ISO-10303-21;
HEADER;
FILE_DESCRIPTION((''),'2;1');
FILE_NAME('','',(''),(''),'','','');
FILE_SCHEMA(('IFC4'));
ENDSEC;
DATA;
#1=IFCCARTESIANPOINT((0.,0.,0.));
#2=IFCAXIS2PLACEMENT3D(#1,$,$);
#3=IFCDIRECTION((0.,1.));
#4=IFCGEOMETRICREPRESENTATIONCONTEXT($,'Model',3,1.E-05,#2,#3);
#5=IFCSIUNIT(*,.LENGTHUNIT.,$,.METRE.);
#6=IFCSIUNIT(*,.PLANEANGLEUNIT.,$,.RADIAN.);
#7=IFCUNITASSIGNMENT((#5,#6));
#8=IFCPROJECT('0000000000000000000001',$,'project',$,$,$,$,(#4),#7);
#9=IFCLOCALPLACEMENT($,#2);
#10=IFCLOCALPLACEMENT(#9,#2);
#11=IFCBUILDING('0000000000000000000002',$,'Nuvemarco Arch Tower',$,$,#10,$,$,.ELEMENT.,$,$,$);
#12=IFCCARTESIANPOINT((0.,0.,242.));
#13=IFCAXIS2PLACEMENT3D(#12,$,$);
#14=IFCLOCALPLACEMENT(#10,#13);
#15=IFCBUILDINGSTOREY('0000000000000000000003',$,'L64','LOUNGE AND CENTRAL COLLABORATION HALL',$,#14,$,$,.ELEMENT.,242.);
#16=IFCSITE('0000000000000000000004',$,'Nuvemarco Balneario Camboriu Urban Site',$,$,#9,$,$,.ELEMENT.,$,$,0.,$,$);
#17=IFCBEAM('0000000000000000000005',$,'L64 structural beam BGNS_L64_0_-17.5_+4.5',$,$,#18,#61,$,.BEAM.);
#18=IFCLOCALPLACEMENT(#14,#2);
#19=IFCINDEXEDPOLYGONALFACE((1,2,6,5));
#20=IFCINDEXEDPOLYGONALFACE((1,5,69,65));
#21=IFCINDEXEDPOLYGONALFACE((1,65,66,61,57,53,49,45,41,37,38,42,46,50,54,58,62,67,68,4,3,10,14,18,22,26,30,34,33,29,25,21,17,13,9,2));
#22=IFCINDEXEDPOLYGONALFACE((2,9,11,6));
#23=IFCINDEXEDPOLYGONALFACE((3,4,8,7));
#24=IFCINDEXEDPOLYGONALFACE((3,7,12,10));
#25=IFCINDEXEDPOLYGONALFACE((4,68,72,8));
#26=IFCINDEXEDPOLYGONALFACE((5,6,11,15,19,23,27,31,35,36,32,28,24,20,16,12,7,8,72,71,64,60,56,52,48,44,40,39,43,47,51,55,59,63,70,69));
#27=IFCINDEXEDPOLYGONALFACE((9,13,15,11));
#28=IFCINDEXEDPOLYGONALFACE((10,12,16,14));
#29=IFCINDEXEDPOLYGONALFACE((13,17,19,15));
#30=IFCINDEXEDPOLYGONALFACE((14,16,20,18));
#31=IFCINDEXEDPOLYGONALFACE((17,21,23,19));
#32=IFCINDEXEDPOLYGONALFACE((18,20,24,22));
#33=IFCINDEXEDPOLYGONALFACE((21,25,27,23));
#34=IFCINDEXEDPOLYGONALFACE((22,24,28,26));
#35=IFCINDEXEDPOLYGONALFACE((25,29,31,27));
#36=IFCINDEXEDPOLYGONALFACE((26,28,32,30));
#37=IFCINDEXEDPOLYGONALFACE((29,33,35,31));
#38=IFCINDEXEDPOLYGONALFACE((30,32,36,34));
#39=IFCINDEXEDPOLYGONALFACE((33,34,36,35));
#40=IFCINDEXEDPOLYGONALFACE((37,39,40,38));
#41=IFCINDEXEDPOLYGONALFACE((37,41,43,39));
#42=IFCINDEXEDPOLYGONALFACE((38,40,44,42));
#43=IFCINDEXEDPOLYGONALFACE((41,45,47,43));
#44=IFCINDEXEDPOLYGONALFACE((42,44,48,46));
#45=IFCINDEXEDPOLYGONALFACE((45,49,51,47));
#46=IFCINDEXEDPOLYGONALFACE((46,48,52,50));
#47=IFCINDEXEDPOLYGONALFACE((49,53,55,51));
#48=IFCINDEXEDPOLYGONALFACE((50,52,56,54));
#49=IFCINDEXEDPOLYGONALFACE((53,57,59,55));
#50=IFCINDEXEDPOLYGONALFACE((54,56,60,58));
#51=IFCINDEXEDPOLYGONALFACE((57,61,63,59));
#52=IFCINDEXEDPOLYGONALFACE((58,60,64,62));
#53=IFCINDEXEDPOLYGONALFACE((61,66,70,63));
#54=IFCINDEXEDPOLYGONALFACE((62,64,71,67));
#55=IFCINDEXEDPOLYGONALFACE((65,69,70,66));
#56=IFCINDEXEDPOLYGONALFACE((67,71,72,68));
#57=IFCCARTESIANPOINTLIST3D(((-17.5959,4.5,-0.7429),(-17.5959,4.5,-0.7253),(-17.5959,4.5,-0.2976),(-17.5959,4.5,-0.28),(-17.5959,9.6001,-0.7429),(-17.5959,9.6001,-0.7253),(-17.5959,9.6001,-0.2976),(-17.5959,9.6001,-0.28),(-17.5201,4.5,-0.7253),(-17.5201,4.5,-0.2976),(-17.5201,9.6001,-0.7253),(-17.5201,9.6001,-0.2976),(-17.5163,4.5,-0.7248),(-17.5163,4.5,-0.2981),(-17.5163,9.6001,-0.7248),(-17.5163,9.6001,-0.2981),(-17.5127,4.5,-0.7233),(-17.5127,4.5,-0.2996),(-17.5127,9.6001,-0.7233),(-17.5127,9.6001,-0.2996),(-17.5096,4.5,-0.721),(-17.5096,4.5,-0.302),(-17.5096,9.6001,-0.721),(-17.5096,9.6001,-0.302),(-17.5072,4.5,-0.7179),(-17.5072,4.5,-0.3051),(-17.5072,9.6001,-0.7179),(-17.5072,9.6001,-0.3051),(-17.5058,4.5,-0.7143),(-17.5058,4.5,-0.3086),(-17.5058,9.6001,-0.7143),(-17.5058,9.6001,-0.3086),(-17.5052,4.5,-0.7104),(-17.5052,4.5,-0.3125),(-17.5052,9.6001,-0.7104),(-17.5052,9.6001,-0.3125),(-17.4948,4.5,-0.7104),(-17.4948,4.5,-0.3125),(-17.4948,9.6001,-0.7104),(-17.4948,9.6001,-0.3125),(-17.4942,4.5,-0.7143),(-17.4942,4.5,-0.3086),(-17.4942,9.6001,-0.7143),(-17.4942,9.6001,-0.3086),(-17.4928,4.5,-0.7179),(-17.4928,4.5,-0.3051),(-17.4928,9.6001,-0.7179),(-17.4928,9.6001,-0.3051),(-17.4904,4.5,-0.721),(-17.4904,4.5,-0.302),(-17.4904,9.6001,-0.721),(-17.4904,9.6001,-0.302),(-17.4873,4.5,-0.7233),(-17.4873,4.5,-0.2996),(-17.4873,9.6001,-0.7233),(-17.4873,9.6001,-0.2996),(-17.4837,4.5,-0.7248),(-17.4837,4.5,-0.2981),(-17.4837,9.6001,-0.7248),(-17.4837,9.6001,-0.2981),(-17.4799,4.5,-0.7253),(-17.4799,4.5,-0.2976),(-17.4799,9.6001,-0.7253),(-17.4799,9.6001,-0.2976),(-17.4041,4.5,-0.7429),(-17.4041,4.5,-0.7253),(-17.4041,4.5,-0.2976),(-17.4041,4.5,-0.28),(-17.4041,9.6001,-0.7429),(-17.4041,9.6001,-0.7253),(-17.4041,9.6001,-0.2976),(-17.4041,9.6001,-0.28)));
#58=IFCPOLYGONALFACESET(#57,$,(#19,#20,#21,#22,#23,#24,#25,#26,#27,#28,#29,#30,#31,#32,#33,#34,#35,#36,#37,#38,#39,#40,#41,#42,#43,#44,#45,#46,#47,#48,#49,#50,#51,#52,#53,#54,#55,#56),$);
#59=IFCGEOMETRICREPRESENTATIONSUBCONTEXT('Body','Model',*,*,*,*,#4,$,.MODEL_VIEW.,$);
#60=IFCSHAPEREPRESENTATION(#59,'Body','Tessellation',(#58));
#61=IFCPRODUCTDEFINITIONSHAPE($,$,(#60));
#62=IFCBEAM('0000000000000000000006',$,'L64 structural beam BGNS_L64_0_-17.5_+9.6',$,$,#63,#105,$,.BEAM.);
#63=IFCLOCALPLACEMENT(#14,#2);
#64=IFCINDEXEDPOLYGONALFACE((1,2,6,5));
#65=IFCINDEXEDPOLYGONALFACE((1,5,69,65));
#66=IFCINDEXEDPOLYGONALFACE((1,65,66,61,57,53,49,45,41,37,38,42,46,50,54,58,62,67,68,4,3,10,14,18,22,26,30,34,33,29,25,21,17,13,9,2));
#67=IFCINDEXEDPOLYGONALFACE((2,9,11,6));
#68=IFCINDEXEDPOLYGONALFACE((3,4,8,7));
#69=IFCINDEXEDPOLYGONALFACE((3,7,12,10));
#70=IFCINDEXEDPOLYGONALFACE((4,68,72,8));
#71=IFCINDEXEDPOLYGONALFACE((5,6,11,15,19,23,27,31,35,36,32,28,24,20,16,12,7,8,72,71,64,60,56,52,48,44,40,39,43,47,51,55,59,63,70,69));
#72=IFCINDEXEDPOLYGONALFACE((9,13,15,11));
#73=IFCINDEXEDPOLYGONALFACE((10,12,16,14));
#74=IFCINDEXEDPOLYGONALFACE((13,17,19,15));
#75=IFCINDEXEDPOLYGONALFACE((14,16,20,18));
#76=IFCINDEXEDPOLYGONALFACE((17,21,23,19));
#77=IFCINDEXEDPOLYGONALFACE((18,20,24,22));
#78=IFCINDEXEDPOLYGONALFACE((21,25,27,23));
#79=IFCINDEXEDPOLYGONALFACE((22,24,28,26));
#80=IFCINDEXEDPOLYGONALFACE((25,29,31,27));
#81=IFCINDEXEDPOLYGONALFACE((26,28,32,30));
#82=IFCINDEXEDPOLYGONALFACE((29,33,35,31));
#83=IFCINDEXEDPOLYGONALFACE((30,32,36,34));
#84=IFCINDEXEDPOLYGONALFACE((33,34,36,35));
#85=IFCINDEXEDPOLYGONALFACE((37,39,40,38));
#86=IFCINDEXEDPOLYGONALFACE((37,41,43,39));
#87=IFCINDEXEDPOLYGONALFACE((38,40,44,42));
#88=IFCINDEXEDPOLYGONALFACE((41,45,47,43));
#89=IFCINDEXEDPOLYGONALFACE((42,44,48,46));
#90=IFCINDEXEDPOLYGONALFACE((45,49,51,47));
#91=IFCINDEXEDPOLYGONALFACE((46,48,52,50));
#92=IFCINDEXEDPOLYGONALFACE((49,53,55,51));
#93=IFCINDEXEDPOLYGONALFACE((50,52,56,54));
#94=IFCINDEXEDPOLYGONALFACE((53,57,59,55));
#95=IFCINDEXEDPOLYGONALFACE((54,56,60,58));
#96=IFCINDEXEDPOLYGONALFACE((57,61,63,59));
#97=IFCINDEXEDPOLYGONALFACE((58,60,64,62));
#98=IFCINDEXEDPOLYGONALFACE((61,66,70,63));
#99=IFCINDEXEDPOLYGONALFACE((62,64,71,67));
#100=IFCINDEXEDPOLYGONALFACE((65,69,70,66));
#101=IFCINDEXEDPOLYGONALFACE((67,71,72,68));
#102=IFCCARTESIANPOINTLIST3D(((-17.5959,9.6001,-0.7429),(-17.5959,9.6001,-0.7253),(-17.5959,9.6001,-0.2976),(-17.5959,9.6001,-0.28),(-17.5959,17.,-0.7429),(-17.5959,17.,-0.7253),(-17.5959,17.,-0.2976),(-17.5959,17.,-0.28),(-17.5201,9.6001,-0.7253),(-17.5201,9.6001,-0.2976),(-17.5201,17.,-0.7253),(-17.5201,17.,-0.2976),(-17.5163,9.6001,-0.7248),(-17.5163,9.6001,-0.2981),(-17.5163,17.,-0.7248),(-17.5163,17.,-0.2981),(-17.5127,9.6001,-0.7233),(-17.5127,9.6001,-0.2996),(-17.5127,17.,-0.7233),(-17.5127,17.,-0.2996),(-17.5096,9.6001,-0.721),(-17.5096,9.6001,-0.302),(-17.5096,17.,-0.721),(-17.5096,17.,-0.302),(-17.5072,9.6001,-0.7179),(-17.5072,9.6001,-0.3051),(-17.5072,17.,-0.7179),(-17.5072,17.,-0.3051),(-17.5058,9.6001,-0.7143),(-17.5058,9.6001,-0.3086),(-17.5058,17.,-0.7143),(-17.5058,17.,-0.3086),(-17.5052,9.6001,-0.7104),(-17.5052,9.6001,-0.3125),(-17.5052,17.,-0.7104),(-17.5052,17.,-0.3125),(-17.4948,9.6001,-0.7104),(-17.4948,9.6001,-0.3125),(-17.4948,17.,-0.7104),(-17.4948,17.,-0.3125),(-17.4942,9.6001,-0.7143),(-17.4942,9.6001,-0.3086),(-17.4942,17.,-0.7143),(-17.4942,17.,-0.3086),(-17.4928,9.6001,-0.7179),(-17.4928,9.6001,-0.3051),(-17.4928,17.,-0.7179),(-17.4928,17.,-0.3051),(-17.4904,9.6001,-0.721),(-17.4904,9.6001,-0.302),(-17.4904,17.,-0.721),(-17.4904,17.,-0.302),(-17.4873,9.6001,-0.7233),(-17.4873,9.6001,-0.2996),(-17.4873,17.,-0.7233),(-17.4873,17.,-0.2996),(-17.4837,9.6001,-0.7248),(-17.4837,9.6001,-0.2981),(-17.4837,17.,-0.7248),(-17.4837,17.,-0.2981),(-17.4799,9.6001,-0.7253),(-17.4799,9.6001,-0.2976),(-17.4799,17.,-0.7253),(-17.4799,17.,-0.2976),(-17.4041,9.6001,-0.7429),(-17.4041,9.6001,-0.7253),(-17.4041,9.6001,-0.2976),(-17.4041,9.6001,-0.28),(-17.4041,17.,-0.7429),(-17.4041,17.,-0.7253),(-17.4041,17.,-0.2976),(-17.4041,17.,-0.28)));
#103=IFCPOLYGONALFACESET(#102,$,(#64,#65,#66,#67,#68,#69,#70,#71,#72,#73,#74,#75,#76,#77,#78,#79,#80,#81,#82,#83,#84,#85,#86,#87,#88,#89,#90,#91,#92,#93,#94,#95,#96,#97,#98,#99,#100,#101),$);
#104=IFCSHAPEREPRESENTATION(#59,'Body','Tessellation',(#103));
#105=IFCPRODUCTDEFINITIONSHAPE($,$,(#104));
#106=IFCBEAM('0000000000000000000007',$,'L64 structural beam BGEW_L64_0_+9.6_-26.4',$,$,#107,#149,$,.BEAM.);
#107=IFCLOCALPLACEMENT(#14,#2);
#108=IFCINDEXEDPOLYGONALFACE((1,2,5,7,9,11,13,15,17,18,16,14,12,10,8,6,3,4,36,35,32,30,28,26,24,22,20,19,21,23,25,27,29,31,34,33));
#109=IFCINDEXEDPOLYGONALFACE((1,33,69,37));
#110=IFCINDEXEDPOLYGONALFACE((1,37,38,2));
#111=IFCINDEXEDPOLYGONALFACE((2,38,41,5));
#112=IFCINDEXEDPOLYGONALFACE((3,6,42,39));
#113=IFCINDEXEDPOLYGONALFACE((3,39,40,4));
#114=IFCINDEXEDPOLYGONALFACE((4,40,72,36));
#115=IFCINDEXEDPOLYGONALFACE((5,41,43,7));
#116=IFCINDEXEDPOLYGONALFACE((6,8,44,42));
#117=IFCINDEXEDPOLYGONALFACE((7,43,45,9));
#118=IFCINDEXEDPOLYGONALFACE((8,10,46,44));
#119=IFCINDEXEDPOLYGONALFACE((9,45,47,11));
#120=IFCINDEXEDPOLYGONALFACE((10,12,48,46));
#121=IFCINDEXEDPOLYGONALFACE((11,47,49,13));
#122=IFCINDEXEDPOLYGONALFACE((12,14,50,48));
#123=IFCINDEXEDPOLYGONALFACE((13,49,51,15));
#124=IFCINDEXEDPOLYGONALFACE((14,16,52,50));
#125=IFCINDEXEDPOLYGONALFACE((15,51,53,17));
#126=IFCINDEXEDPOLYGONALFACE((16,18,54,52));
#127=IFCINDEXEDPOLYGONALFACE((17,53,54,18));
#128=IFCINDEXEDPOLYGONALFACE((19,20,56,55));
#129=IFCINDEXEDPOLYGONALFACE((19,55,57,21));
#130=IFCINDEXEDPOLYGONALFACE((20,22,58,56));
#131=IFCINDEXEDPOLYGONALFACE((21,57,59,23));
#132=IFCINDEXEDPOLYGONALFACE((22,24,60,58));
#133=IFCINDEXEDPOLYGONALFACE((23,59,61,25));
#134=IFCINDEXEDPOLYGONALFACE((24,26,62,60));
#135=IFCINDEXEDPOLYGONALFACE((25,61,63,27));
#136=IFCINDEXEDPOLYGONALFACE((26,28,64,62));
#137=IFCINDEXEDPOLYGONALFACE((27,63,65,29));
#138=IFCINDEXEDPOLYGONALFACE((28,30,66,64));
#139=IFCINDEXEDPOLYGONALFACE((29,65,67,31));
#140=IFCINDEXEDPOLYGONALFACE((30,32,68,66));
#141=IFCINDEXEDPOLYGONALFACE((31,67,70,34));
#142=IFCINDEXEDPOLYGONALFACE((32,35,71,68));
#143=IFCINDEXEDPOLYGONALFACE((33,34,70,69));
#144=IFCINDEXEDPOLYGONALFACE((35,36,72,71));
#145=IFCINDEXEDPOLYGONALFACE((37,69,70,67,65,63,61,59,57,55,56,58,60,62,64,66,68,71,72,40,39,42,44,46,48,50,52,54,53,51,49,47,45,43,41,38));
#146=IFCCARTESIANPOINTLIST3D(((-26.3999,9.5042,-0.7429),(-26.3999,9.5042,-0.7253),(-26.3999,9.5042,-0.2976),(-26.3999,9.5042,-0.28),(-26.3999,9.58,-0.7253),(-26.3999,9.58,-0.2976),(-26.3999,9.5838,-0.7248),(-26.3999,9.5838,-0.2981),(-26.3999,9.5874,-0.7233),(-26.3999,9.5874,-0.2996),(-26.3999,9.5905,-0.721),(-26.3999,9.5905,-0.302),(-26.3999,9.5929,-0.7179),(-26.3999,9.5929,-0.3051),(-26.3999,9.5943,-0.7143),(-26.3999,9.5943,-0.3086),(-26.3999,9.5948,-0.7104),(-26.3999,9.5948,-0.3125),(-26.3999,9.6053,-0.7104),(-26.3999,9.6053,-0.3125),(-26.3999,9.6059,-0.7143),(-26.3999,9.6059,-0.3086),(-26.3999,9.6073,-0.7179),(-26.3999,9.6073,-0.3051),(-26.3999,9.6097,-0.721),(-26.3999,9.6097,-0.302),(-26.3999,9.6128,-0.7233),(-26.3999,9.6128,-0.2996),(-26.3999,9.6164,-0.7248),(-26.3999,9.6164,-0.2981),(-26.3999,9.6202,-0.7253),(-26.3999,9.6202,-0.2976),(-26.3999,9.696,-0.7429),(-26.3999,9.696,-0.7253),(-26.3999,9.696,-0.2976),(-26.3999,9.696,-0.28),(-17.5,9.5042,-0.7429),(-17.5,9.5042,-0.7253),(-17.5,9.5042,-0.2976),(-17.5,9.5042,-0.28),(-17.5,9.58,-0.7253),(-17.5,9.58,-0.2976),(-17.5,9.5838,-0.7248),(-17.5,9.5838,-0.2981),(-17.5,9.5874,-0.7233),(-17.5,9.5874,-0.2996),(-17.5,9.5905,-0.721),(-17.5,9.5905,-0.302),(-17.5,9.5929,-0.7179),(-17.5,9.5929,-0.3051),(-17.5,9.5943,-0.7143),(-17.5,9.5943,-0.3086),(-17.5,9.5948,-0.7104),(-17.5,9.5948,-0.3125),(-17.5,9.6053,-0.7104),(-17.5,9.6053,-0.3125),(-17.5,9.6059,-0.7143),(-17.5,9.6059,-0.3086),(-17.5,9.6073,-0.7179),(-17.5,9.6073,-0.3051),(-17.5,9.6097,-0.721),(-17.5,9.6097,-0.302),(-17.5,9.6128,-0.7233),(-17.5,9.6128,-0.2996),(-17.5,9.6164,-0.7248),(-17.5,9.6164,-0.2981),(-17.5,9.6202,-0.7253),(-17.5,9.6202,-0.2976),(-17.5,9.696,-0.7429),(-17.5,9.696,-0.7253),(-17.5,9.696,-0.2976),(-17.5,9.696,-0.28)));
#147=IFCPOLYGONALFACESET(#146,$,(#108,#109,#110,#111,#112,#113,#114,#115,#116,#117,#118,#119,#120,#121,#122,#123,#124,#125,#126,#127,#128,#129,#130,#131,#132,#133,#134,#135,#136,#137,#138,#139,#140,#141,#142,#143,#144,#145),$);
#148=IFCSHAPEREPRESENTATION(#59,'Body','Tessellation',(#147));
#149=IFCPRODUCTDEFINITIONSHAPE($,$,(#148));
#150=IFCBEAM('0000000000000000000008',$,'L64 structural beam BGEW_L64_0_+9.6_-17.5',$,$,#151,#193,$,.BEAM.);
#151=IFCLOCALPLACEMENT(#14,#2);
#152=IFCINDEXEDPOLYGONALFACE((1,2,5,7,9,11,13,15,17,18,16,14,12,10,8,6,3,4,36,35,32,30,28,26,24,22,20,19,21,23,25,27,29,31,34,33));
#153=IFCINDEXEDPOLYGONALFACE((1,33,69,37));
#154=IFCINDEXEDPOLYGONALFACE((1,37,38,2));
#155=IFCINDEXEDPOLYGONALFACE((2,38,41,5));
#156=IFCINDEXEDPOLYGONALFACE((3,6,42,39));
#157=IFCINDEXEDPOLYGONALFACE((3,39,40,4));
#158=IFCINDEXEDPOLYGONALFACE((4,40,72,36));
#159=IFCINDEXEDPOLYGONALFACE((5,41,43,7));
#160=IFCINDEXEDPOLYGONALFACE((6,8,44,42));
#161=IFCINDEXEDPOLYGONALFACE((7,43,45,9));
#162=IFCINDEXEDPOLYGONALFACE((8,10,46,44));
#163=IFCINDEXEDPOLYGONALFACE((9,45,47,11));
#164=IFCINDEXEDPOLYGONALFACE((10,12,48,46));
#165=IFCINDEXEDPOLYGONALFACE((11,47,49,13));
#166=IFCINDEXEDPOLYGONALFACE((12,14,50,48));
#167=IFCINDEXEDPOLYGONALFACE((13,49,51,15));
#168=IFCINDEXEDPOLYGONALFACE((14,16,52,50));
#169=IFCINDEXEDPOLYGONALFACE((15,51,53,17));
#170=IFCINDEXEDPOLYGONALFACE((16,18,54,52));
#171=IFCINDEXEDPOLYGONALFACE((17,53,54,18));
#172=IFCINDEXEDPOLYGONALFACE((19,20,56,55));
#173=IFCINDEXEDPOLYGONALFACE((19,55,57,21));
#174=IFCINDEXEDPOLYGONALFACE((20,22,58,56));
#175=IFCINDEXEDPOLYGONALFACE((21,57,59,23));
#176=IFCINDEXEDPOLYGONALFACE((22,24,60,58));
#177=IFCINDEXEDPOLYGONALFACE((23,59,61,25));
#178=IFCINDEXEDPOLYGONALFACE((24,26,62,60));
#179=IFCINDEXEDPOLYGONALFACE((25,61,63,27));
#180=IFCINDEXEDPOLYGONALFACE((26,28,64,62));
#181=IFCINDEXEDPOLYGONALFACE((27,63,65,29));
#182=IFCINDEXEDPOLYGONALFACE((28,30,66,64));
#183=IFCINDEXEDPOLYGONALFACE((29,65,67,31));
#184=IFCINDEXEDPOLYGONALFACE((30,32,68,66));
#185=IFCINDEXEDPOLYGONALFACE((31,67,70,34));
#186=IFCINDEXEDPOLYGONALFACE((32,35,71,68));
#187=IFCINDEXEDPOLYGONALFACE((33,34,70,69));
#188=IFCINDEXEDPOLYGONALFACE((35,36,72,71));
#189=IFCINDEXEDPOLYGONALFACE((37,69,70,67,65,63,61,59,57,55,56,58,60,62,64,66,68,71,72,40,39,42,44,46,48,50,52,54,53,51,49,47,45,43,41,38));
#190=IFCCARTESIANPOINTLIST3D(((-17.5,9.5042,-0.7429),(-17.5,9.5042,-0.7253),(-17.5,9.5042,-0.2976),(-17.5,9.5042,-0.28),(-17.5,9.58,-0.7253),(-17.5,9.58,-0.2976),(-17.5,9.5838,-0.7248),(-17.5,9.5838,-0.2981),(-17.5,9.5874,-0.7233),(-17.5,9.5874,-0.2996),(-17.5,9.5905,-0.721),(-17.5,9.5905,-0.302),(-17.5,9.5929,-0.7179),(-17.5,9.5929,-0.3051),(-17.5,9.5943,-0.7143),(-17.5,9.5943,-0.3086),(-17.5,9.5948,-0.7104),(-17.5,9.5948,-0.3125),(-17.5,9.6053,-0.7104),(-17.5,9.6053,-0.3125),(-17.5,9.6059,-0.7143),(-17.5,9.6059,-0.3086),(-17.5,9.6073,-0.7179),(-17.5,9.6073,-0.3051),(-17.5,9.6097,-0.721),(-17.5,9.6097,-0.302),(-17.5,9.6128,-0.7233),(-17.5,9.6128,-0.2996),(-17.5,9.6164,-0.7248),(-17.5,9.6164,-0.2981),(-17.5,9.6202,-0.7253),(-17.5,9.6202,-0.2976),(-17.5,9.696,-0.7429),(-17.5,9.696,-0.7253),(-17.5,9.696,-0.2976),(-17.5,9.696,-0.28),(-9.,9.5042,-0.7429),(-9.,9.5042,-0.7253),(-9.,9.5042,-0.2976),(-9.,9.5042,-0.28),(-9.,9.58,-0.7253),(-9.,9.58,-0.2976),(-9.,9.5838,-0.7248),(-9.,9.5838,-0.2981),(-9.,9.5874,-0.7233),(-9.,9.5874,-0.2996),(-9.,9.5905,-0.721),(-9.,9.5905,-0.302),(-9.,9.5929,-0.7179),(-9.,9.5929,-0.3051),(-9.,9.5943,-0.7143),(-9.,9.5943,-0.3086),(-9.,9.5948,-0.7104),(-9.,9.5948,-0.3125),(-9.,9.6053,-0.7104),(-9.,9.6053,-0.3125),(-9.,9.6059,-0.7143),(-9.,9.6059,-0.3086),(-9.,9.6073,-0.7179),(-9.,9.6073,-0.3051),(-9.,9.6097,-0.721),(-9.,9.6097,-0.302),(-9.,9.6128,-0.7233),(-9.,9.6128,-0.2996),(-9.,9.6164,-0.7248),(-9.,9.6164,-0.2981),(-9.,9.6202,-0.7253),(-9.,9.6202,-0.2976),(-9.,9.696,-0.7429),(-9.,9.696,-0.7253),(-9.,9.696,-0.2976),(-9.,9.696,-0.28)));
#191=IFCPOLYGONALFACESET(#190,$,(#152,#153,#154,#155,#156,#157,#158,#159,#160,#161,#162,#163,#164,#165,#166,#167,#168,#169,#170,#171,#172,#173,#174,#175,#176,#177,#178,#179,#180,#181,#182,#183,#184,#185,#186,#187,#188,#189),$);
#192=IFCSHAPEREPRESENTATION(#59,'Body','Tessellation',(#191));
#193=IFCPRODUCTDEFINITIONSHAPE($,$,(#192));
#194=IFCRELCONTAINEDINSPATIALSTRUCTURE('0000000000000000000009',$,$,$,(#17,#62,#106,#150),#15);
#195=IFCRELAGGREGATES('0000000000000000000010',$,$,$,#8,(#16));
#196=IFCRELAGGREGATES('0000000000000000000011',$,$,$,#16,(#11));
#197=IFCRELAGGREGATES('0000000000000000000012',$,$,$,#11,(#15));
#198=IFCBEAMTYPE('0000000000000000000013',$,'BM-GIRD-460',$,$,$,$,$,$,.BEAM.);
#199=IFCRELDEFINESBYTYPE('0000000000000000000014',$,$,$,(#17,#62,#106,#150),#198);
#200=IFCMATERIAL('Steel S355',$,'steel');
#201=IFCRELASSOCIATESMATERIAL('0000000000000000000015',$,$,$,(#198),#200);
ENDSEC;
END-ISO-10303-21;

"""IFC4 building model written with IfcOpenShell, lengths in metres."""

from ifc_helpers import new_model, si_unit, direction, frame, origin, origin_2d, place, context, subcontext, project, spatial, i_section, extrude, material, material_profile, profile_set, type_object, element, save


model = new_model("IFC4")

# Units and contexts
model_context = context("Model", 3, precision=1e-05, world=origin(), true_north=direction((0.0, 1.0)))
body_context = subcontext(model_context, "Body", "Model", "MODEL_VIEW")
ifc_project = project(units=[si_unit("LENGTHUNIT", "METRE"), si_unit("PLANEANGLEUNIT", "RADIAN")], contexts=[model_context])

# Site, building, storey
site_placement = place(None, origin())
site = spatial("IfcSite", under=ifc_project, at=site_placement, Name="Nuvemarco Balneario Camboriu Urban Site", CompositionType="ELEMENT", RefElevation=0.0)
building_placement = place(site_placement, origin())
building = spatial("IfcBuilding", under=site, at=building_placement, Name="Nuvemarco Arch Tower", CompositionType="ELEMENT")
storey_placement = place(building_placement, frame((0.0, 0.0, 242.0)))
storey = spatial("IfcBuildingStorey", under=building, at=storey_placement, Name="L64", Description="LOUNGE AND CENTRAL COLLABORATION HALL", CompositionType="ELEMENT", Elevation=242.0)

# Shared definitions
ifc_material_1 = material(Name="Steel S355", Category="steel")

# Beams
ifc_material_profile_1 = material_profile(ifc_material_1, i_section(OverallWidth=0.1919, OverallDepth=0.4629, WebThickness=0.0105, FlangeThickness=0.0176, FilletRadius=0.0149, at=origin_2d()), Name="W460x89")
ifc_profile_set_1 = profile_set([ifc_material_profile_1], Name="Steel S355")
beam_type_1 = type_object("IfcBeamType", Name="BM-GIRD-460", PredefinedType="BEAM", material=ifc_profile_set_1)
beam_1_placement = place(storey_placement, frame((-17.5, 4.5, -0.5115), z_axis=(0.0, 1.0, 0.0), x_axis=(-1.0, 0.0, 0.0)))
element("IfcBeam", 1, at=beam_1_placement, inside=storey, type_object=beam_type_1, Name="L64 structural beam BGNS_L64_0_-17.5_+4.5", PredefinedType="BEAM", context=body_context, shape_type="SweptSolid", body=[
    extrude(i_section(OverallWidth=0.1919, OverallDepth=0.4629, WebThickness=0.0105, FlangeThickness=0.0176, FilletRadius=0.0149, at=origin_2d()), origin(), (0.0, 0.0, 1.0), 5.1001),
])
beam_2_placement = place(storey_placement, frame((-17.5, 9.6001, -0.5115), z_axis=(0.0, 1.0, 0.0), x_axis=(-1.0, 0.0, 0.0)))
element("IfcBeam", 2, at=beam_2_placement, inside=storey, type_object=beam_type_1, Name="L64 structural beam BGNS_L64_0_-17.5_+9.6", PredefinedType="BEAM", context=body_context, shape_type="SweptSolid", body=[
    extrude(i_section(OverallWidth=0.1919, OverallDepth=0.4629, WebThickness=0.0105, FlangeThickness=0.0176, FilletRadius=0.0149, at=origin_2d()), origin(), (0.0, 0.0, 1.0), 7.3999),
])
beam_3_placement = place(storey_placement, frame((-26.3999, 9.6001, -0.5115), z_axis=(1.0, 0.0, 0.0), x_axis=(0.0, 1.0, 0.0)))
element("IfcBeam", 3, at=beam_3_placement, inside=storey, type_object=beam_type_1, Name="L64 structural beam BGEW_L64_0_+9.6_-26.4", PredefinedType="BEAM", context=body_context, shape_type="SweptSolid", body=[
    extrude(i_section(OverallWidth=0.1919, OverallDepth=0.4629, WebThickness=0.0105, FlangeThickness=0.0176, FilletRadius=0.0149, at=origin_2d()), origin(), (0.0, 0.0, 1.0), 8.8999),
])
beam_4_placement = place(storey_placement, frame((-17.5, 9.6001, -0.5115), z_axis=(1.0, 0.0, 0.0), x_axis=(0.0, 1.0, 0.0)))
element("IfcBeam", 4, at=beam_4_placement, inside=storey, type_object=beam_type_1, Name="L64 structural beam BGEW_L64_0_+9.6_-17.5", PredefinedType="BEAM", context=body_context, shape_type="SweptSolid", body=[
    extrude(i_section(OverallWidth=0.1919, OverallDepth=0.4629, WebThickness=0.0105, FlangeThickness=0.0176, FilletRadius=0.0149, at=origin_2d()), origin(), (0.0, 0.0, 1.0), 8.5),
])

save(model, "model.ifc")
